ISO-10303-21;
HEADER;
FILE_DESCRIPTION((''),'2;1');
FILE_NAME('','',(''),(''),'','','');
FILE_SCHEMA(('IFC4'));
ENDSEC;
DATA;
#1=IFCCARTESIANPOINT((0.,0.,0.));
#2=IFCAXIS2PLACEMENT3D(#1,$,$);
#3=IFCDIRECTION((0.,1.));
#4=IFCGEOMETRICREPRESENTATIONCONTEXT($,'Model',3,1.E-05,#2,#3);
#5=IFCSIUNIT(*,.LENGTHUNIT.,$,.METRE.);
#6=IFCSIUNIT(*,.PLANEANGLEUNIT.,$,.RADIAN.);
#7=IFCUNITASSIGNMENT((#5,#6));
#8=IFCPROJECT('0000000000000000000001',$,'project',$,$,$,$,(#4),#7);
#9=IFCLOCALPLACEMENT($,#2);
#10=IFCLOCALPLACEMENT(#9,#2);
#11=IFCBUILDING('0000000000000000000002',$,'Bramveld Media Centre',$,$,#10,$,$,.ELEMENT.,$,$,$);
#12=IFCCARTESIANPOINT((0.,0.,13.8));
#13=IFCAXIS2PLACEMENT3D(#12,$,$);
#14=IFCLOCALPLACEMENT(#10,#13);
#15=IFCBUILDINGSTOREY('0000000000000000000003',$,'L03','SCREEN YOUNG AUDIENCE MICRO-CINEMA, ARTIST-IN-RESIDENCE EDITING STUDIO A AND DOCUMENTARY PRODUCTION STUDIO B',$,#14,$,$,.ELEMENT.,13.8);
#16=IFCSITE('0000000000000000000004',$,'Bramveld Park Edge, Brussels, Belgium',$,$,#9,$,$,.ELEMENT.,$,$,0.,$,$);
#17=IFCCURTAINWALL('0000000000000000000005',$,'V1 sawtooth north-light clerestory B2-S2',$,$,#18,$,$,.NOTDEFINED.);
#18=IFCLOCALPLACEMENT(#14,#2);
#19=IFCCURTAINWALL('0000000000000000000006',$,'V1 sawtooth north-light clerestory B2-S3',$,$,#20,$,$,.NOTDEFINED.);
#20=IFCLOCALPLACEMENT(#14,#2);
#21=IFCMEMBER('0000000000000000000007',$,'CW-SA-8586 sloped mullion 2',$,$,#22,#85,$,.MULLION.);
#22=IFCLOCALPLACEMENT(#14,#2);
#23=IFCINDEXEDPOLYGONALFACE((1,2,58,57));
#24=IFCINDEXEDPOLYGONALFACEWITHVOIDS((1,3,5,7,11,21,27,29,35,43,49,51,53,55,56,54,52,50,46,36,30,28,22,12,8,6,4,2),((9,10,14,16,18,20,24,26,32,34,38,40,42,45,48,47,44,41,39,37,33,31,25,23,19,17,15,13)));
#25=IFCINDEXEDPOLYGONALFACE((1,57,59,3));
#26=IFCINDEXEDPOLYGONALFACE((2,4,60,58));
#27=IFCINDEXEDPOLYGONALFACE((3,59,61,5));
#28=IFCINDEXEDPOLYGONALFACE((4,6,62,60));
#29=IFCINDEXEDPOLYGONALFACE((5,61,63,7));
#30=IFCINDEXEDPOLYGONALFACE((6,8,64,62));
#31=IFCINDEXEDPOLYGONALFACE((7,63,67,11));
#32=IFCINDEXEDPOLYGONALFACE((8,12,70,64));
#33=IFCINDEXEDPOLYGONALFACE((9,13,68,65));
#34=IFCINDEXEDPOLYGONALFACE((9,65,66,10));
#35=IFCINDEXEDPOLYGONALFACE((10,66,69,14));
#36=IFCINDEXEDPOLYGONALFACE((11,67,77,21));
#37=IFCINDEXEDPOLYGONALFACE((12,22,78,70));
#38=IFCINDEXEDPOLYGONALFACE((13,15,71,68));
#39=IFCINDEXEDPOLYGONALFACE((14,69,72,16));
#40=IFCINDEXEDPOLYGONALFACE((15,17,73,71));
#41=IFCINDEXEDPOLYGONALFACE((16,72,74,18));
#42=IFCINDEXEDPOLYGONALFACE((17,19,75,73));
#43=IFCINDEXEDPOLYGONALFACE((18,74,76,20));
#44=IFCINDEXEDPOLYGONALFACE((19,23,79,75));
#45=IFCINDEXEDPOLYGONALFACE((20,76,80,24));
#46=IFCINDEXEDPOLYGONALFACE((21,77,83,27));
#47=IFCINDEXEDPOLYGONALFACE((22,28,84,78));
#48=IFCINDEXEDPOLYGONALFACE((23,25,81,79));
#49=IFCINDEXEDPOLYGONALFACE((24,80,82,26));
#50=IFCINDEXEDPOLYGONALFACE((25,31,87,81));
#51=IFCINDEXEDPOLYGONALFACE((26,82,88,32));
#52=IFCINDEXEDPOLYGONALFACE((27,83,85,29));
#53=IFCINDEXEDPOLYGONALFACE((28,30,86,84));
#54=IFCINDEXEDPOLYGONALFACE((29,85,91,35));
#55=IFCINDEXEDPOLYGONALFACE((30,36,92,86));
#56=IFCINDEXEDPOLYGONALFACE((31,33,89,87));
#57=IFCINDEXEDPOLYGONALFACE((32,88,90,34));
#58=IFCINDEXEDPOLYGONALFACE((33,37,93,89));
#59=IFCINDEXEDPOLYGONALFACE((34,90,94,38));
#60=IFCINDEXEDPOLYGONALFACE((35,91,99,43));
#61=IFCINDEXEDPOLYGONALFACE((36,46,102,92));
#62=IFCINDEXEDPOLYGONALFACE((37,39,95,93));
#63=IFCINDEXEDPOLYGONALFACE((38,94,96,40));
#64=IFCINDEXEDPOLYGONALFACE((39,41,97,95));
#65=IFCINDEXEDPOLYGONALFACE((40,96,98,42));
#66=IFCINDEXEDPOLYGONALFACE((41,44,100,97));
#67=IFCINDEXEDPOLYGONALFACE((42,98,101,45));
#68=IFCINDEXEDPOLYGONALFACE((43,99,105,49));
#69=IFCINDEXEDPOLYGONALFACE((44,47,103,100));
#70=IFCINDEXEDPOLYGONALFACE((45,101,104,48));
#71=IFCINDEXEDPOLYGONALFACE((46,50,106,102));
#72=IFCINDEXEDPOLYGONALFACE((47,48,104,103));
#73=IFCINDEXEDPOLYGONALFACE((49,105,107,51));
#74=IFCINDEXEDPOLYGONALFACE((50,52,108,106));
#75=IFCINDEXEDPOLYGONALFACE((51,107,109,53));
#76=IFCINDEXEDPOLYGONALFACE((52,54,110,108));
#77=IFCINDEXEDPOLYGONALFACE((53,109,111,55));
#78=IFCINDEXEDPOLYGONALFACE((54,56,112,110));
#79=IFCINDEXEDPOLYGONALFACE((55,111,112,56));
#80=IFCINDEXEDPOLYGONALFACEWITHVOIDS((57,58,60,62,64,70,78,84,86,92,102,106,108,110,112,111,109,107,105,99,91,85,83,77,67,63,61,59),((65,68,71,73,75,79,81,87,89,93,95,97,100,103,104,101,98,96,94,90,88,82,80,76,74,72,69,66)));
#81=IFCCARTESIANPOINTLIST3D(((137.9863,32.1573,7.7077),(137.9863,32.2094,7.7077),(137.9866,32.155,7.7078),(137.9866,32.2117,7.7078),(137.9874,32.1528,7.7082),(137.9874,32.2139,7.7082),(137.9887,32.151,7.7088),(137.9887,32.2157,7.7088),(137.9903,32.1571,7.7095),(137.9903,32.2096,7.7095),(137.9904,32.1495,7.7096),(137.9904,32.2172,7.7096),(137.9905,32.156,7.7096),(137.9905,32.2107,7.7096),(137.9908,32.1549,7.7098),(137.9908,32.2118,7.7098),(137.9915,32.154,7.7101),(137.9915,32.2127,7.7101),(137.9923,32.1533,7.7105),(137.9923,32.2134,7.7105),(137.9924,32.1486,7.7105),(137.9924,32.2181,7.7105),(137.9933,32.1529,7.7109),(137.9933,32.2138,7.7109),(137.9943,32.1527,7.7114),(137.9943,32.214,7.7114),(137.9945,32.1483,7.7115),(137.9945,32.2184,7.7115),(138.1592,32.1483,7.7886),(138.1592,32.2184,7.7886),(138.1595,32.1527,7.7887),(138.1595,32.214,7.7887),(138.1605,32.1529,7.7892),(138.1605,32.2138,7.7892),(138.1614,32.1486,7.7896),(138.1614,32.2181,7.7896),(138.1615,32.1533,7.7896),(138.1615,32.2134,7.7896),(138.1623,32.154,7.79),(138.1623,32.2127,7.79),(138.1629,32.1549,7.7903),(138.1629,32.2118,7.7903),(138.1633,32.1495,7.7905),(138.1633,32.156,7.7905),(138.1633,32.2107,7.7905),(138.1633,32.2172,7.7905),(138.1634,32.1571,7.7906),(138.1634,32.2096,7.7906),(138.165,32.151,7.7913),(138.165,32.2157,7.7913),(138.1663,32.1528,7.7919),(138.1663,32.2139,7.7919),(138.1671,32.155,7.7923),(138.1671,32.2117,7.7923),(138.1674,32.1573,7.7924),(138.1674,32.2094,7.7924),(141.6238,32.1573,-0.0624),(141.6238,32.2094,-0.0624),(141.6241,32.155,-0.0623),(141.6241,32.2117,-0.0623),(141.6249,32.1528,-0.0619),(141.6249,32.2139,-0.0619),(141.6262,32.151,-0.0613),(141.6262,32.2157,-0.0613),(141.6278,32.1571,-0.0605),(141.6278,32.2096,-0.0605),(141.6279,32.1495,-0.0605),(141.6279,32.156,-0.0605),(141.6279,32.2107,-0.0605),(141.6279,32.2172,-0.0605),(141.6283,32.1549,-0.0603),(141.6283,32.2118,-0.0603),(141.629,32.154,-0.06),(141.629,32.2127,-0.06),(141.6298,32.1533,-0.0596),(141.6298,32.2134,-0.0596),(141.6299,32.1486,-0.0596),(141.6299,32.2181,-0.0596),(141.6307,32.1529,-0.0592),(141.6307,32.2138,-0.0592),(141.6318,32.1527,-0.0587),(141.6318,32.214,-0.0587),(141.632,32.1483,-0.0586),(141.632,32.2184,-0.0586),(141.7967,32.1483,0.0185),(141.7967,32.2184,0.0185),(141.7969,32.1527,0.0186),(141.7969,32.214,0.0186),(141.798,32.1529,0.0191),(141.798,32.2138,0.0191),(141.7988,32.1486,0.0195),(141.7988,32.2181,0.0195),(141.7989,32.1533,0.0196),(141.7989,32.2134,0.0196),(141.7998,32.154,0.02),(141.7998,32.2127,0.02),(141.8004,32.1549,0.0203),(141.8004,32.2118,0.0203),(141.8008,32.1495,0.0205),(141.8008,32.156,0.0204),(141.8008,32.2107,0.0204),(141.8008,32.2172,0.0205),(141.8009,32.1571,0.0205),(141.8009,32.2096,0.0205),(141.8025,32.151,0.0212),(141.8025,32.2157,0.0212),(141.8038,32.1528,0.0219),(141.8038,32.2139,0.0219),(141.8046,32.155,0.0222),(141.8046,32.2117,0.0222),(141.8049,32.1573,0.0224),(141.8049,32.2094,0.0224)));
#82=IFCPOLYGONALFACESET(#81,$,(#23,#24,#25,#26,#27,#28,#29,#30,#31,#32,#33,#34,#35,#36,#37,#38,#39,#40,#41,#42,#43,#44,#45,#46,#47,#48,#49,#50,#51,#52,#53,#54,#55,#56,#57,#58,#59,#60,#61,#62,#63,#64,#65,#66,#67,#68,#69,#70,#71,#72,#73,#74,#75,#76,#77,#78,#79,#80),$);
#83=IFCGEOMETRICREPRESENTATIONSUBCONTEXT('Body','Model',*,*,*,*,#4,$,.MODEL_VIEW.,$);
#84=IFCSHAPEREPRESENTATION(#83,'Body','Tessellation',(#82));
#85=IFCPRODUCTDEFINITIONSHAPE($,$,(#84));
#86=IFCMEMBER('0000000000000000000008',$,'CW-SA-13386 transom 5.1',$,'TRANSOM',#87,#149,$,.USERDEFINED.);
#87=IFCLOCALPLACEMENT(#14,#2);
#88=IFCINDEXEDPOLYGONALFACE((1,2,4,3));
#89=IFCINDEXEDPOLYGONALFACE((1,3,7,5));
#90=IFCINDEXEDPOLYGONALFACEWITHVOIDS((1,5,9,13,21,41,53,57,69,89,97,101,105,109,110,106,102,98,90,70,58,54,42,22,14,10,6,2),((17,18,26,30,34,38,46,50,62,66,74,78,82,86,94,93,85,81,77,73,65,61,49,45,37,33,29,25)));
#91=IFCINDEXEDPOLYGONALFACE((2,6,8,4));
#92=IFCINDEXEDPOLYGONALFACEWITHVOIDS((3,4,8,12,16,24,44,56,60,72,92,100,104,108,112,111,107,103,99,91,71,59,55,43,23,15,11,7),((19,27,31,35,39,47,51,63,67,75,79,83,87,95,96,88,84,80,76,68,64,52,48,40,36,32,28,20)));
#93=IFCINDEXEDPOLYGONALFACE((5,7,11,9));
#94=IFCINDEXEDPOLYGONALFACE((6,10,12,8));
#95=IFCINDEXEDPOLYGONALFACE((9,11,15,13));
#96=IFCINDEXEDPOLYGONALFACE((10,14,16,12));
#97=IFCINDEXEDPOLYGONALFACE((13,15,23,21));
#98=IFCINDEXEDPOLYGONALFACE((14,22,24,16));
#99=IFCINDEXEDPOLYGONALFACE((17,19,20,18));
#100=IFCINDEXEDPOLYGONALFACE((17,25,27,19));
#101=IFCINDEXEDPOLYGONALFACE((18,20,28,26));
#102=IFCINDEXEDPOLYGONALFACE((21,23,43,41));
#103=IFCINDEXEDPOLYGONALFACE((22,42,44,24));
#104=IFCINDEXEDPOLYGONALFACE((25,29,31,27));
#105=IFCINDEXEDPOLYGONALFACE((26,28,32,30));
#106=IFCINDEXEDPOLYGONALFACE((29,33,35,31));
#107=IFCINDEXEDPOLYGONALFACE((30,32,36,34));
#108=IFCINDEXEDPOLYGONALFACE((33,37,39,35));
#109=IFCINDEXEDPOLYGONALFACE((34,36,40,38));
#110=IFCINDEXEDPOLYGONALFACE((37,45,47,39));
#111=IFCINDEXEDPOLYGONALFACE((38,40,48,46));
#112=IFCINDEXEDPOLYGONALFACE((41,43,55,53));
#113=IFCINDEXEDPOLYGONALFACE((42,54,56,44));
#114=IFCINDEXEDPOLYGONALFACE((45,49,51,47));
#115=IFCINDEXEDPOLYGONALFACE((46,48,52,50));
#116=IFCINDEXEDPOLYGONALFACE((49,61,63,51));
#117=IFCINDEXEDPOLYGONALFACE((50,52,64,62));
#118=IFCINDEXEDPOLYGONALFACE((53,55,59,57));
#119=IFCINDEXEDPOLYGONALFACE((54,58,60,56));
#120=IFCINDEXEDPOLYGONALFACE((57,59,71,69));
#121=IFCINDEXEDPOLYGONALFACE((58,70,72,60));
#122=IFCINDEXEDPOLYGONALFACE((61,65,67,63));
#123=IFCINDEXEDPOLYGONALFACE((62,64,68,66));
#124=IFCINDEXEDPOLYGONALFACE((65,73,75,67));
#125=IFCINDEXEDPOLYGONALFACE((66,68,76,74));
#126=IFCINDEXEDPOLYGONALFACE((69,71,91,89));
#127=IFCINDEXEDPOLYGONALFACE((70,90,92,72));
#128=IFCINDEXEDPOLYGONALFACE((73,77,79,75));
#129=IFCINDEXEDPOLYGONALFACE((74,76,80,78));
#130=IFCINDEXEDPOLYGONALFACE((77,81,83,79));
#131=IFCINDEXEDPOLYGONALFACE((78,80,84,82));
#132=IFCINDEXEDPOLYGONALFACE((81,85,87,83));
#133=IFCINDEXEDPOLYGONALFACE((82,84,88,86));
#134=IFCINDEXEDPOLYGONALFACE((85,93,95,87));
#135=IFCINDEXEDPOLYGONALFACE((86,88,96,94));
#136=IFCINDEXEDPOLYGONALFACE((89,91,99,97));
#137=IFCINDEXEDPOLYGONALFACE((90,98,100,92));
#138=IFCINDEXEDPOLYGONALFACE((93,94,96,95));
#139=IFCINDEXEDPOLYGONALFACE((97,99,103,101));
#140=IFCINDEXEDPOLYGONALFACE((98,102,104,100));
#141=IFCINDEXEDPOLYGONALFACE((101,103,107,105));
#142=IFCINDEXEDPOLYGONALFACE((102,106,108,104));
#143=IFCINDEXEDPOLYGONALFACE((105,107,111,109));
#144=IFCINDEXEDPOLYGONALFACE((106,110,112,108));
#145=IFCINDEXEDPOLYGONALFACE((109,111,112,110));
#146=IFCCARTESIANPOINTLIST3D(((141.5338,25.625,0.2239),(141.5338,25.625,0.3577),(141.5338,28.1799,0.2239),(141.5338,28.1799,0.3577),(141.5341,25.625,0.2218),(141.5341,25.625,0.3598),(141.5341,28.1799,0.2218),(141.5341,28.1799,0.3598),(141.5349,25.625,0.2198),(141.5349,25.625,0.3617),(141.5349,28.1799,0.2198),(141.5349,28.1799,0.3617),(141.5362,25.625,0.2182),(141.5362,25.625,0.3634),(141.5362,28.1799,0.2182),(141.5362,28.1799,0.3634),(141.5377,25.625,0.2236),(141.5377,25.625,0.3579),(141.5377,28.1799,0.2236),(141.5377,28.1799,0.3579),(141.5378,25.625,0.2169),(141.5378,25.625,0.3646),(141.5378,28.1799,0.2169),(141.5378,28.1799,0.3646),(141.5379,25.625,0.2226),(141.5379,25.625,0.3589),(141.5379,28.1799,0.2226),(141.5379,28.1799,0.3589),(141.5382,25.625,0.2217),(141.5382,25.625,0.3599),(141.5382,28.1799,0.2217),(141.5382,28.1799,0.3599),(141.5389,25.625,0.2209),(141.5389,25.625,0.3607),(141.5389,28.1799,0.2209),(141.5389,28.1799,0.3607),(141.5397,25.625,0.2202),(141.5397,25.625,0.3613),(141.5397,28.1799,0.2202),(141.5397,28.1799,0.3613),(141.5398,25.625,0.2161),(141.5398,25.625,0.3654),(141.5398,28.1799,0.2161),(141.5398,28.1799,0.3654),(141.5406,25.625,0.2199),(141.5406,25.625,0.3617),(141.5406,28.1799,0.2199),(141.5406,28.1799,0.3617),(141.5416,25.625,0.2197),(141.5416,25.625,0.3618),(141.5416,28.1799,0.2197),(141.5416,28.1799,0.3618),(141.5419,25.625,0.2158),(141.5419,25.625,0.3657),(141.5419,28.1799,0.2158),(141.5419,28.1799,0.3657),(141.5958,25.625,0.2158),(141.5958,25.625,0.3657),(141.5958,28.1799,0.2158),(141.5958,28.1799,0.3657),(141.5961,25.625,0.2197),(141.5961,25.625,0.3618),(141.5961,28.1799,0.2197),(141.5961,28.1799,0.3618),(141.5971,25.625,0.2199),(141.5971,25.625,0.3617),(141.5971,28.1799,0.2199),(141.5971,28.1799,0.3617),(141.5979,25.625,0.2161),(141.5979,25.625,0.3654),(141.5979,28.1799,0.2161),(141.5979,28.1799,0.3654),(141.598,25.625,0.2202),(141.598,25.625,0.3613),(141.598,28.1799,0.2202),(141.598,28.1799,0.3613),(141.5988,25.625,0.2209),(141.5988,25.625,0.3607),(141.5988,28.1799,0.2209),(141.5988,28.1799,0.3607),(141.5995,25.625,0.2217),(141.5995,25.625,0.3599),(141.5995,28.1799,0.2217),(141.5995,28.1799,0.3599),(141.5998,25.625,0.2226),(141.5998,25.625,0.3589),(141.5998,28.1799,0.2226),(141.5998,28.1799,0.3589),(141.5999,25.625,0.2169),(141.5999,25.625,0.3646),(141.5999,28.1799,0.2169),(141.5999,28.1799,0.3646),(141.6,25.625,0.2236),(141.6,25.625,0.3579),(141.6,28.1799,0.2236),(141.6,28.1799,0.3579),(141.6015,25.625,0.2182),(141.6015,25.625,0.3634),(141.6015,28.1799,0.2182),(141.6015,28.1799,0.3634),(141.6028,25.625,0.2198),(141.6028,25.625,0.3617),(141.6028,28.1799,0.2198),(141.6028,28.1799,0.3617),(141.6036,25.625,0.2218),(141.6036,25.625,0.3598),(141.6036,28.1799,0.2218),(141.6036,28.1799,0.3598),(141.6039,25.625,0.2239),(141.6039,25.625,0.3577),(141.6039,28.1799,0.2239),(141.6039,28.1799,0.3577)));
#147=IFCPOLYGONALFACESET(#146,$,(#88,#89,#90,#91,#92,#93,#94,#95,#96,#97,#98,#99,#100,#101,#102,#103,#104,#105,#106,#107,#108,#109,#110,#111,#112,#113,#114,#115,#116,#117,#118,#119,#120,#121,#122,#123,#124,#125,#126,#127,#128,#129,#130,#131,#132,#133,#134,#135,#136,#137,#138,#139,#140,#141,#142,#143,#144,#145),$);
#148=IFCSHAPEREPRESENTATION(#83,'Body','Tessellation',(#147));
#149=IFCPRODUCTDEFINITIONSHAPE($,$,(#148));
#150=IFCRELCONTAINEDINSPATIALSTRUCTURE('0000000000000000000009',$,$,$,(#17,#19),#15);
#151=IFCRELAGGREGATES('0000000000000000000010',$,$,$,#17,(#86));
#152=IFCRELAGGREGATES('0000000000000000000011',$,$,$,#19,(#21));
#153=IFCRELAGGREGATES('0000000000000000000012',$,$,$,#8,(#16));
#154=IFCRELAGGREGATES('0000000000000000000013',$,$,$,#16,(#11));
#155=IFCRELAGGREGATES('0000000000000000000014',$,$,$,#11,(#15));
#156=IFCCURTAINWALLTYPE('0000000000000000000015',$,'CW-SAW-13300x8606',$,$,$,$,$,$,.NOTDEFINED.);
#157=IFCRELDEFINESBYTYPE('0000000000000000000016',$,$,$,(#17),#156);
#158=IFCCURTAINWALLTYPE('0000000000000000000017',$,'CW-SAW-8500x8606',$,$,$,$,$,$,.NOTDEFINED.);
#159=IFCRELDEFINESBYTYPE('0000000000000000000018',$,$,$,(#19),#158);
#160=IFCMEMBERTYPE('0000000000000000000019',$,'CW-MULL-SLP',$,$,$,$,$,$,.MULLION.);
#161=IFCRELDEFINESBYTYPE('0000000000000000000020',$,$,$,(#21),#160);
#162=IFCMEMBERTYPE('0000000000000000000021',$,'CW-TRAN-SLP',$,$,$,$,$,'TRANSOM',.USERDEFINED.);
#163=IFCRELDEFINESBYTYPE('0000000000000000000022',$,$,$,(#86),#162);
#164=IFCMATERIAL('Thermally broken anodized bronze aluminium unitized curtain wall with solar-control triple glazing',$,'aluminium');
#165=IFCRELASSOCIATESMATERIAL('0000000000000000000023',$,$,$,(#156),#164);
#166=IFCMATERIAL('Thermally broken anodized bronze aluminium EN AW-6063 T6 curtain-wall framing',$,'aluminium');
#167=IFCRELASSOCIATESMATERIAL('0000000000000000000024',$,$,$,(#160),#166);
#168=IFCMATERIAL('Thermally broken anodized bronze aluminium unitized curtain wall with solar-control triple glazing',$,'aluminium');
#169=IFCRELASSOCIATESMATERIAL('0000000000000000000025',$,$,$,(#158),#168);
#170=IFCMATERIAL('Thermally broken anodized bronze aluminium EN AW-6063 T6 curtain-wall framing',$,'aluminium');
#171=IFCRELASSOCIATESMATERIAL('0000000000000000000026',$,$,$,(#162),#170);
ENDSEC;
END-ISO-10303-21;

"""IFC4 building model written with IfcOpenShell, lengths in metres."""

from ifc_helpers import new_model, si_unit, direction, frame, origin, origin_2d, place, context, subcontext, project, spatial, hollow_rectangle, extrude, material, material_profile, profile_set, type_object, element, aggregate, save


model = new_model("IFC4")

# Units and contexts
model_context = context("Model", 3, precision=1e-05, world=origin(), true_north=direction((0.0, 1.0)))
body_context = subcontext(model_context, "Body", "Model", "MODEL_VIEW")
ifc_project = project(units=[si_unit("LENGTHUNIT", "METRE"), si_unit("PLANEANGLEUNIT", "RADIAN")], contexts=[model_context])

# Site, building, storey
site_placement = place(None, origin())
site = spatial("IfcSite", under=ifc_project, at=site_placement, Name="Bramveld Park Edge, Brussels, Belgium", CompositionType="ELEMENT", RefElevation=0.0)
building_placement = place(site_placement, origin())
building = spatial("IfcBuilding", under=site, at=building_placement, Name="Bramveld Media Centre", CompositionType="ELEMENT")
storey_placement = place(building_placement, frame((0.0, 0.0, 13.8)))
storey = spatial("IfcBuildingStorey", under=building, at=storey_placement, Name="L03", Description="SCREEN YOUNG AUDIENCE MICRO-CINEMA, ARTIST-IN-RESIDENCE EDITING STUDIO A AND DOCUMENTARY PRODUCTION STUDIO B", CompositionType="ELEMENT", Elevation=13.8)

# Curtain wall
ifc_material_1 = material(Name="Thermally broken anodized bronze aluminium unitized curtain wall with solar-control triple glazing", Category="aluminium")
curtain_wall_type_1 = type_object("IfcCurtainWallType", Name="CW-SAW-13300x8606", PredefinedType="NOTDEFINED", material=ifc_material_1)
curtain_wall_1_placement = place(storey_placement, origin())
curtain_wall_1 = element("IfcCurtainWall", 1, at=curtain_wall_1_placement, inside=storey, type_object=curtain_wall_type_1, Name="V1 sawtooth north-light clerestory B2-S2", PredefinedType="NOTDEFINED")
ifc_material_2 = material(Name="Thermally broken anodized bronze aluminium EN AW-6063 T6 curtain-wall framing", Category="aluminium")
ifc_material_profile_1 = material_profile(ifc_material_2, hollow_rectangle(XDim=0.0701, YDim=0.2, WallThickness=0.0044, InnerFilletRadius=0.0044, OuterFilletRadius=0.009, at=origin_2d()), Name="AL-MULL 70x200")
ifc_profile_set_1 = profile_set([ifc_material_profile_1], Name="Thermally broken anodized bronze aluminium EN AW-6063 T6 curtain-wall framing")
member_type_1 = type_object("IfcMemberType", Name="CW-MULL-SLP", PredefinedType="MULLION", material=ifc_profile_set_1)

# Curtain wall, member
ifc_material_3 = material(Name="Thermally broken anodized bronze aluminium unitized curtain wall with solar-control triple glazing", Category="aluminium")
curtain_wall_type_2 = type_object("IfcCurtainWallType", Name="CW-SAW-8500x8606", PredefinedType="NOTDEFINED", material=ifc_material_3)
curtain_wall_2_placement = place(storey_placement, origin())
curtain_wall_2 = element("IfcCurtainWall", 2, at=curtain_wall_2_placement, inside=storey, type_object=curtain_wall_type_2, Name="V1 sawtooth north-light clerestory B2-S3", PredefinedType="NOTDEFINED")
member_1_placement = place(storey_placement, frame((141.7144, 32.1833, -0.02), z_axis=(-0.42398, 0.0, 0.905671), x_axis=(0.0, -1.0, 0.0)))
member_1 = element("IfcMember", 3, at=member_1_placement, type_object=member_type_1, Name="CW-SA-8586 sloped mullion 2", PredefinedType="MULLION", context=body_context, shape_type="SweptSolid", body=[
    extrude(hollow_rectangle(XDim=0.0701, YDim=0.2, WallThickness=0.0044, InnerFilletRadius=0.0044, OuterFilletRadius=0.009, at=origin_2d()), origin(), (0.0, 0.0, 1.0), 8.5793),
])

# Member
ifc_material_4 = material(Name="Thermally broken anodized bronze aluminium EN AW-6063 T6 curtain-wall framing", Category="aluminium")
ifc_material_profile_2 = material_profile(ifc_material_4, hollow_rectangle(XDim=0.0701, YDim=0.1499, WallThickness=0.0039, InnerFilletRadius=0.0039, OuterFilletRadius=0.0081, at=origin_2d()), Name="AL-TRAN 70x150")
ifc_profile_set_2 = profile_set([ifc_material_profile_2], Name="Thermally broken anodized bronze aluminium EN AW-6063 T6 curtain-wall framing")
member_type_2 = type_object("IfcMemberType", Name="CW-TRAN-SLP", ElementType="TRANSOM", PredefinedType="USERDEFINED", material=ifc_profile_set_2)
member_2_placement = place(storey_placement, frame((141.5688, 25.625, 0.2908), z_axis=(0.0, 1.0, 0.0), x_axis=(-1.0, 0.0, 0.0)))
member_2 = element("IfcMember", 4, at=member_2_placement, type_object=member_type_2, Name="CW-SA-13386 transom 5.1", ObjectType="TRANSOM", PredefinedType="USERDEFINED", context=body_context, shape_type="SweptSolid", body=[
    extrude(hollow_rectangle(XDim=0.0701, YDim=0.1499, WallThickness=0.0039, InnerFilletRadius=0.0039, OuterFilletRadius=0.0081, at=origin_2d()), origin(), (0.0, 0.0, 1.0), 2.5549),
])

aggregate(curtain_wall_1, [member_2])
aggregate(curtain_wall_2, [member_1])

save(model, "model.ifc")
